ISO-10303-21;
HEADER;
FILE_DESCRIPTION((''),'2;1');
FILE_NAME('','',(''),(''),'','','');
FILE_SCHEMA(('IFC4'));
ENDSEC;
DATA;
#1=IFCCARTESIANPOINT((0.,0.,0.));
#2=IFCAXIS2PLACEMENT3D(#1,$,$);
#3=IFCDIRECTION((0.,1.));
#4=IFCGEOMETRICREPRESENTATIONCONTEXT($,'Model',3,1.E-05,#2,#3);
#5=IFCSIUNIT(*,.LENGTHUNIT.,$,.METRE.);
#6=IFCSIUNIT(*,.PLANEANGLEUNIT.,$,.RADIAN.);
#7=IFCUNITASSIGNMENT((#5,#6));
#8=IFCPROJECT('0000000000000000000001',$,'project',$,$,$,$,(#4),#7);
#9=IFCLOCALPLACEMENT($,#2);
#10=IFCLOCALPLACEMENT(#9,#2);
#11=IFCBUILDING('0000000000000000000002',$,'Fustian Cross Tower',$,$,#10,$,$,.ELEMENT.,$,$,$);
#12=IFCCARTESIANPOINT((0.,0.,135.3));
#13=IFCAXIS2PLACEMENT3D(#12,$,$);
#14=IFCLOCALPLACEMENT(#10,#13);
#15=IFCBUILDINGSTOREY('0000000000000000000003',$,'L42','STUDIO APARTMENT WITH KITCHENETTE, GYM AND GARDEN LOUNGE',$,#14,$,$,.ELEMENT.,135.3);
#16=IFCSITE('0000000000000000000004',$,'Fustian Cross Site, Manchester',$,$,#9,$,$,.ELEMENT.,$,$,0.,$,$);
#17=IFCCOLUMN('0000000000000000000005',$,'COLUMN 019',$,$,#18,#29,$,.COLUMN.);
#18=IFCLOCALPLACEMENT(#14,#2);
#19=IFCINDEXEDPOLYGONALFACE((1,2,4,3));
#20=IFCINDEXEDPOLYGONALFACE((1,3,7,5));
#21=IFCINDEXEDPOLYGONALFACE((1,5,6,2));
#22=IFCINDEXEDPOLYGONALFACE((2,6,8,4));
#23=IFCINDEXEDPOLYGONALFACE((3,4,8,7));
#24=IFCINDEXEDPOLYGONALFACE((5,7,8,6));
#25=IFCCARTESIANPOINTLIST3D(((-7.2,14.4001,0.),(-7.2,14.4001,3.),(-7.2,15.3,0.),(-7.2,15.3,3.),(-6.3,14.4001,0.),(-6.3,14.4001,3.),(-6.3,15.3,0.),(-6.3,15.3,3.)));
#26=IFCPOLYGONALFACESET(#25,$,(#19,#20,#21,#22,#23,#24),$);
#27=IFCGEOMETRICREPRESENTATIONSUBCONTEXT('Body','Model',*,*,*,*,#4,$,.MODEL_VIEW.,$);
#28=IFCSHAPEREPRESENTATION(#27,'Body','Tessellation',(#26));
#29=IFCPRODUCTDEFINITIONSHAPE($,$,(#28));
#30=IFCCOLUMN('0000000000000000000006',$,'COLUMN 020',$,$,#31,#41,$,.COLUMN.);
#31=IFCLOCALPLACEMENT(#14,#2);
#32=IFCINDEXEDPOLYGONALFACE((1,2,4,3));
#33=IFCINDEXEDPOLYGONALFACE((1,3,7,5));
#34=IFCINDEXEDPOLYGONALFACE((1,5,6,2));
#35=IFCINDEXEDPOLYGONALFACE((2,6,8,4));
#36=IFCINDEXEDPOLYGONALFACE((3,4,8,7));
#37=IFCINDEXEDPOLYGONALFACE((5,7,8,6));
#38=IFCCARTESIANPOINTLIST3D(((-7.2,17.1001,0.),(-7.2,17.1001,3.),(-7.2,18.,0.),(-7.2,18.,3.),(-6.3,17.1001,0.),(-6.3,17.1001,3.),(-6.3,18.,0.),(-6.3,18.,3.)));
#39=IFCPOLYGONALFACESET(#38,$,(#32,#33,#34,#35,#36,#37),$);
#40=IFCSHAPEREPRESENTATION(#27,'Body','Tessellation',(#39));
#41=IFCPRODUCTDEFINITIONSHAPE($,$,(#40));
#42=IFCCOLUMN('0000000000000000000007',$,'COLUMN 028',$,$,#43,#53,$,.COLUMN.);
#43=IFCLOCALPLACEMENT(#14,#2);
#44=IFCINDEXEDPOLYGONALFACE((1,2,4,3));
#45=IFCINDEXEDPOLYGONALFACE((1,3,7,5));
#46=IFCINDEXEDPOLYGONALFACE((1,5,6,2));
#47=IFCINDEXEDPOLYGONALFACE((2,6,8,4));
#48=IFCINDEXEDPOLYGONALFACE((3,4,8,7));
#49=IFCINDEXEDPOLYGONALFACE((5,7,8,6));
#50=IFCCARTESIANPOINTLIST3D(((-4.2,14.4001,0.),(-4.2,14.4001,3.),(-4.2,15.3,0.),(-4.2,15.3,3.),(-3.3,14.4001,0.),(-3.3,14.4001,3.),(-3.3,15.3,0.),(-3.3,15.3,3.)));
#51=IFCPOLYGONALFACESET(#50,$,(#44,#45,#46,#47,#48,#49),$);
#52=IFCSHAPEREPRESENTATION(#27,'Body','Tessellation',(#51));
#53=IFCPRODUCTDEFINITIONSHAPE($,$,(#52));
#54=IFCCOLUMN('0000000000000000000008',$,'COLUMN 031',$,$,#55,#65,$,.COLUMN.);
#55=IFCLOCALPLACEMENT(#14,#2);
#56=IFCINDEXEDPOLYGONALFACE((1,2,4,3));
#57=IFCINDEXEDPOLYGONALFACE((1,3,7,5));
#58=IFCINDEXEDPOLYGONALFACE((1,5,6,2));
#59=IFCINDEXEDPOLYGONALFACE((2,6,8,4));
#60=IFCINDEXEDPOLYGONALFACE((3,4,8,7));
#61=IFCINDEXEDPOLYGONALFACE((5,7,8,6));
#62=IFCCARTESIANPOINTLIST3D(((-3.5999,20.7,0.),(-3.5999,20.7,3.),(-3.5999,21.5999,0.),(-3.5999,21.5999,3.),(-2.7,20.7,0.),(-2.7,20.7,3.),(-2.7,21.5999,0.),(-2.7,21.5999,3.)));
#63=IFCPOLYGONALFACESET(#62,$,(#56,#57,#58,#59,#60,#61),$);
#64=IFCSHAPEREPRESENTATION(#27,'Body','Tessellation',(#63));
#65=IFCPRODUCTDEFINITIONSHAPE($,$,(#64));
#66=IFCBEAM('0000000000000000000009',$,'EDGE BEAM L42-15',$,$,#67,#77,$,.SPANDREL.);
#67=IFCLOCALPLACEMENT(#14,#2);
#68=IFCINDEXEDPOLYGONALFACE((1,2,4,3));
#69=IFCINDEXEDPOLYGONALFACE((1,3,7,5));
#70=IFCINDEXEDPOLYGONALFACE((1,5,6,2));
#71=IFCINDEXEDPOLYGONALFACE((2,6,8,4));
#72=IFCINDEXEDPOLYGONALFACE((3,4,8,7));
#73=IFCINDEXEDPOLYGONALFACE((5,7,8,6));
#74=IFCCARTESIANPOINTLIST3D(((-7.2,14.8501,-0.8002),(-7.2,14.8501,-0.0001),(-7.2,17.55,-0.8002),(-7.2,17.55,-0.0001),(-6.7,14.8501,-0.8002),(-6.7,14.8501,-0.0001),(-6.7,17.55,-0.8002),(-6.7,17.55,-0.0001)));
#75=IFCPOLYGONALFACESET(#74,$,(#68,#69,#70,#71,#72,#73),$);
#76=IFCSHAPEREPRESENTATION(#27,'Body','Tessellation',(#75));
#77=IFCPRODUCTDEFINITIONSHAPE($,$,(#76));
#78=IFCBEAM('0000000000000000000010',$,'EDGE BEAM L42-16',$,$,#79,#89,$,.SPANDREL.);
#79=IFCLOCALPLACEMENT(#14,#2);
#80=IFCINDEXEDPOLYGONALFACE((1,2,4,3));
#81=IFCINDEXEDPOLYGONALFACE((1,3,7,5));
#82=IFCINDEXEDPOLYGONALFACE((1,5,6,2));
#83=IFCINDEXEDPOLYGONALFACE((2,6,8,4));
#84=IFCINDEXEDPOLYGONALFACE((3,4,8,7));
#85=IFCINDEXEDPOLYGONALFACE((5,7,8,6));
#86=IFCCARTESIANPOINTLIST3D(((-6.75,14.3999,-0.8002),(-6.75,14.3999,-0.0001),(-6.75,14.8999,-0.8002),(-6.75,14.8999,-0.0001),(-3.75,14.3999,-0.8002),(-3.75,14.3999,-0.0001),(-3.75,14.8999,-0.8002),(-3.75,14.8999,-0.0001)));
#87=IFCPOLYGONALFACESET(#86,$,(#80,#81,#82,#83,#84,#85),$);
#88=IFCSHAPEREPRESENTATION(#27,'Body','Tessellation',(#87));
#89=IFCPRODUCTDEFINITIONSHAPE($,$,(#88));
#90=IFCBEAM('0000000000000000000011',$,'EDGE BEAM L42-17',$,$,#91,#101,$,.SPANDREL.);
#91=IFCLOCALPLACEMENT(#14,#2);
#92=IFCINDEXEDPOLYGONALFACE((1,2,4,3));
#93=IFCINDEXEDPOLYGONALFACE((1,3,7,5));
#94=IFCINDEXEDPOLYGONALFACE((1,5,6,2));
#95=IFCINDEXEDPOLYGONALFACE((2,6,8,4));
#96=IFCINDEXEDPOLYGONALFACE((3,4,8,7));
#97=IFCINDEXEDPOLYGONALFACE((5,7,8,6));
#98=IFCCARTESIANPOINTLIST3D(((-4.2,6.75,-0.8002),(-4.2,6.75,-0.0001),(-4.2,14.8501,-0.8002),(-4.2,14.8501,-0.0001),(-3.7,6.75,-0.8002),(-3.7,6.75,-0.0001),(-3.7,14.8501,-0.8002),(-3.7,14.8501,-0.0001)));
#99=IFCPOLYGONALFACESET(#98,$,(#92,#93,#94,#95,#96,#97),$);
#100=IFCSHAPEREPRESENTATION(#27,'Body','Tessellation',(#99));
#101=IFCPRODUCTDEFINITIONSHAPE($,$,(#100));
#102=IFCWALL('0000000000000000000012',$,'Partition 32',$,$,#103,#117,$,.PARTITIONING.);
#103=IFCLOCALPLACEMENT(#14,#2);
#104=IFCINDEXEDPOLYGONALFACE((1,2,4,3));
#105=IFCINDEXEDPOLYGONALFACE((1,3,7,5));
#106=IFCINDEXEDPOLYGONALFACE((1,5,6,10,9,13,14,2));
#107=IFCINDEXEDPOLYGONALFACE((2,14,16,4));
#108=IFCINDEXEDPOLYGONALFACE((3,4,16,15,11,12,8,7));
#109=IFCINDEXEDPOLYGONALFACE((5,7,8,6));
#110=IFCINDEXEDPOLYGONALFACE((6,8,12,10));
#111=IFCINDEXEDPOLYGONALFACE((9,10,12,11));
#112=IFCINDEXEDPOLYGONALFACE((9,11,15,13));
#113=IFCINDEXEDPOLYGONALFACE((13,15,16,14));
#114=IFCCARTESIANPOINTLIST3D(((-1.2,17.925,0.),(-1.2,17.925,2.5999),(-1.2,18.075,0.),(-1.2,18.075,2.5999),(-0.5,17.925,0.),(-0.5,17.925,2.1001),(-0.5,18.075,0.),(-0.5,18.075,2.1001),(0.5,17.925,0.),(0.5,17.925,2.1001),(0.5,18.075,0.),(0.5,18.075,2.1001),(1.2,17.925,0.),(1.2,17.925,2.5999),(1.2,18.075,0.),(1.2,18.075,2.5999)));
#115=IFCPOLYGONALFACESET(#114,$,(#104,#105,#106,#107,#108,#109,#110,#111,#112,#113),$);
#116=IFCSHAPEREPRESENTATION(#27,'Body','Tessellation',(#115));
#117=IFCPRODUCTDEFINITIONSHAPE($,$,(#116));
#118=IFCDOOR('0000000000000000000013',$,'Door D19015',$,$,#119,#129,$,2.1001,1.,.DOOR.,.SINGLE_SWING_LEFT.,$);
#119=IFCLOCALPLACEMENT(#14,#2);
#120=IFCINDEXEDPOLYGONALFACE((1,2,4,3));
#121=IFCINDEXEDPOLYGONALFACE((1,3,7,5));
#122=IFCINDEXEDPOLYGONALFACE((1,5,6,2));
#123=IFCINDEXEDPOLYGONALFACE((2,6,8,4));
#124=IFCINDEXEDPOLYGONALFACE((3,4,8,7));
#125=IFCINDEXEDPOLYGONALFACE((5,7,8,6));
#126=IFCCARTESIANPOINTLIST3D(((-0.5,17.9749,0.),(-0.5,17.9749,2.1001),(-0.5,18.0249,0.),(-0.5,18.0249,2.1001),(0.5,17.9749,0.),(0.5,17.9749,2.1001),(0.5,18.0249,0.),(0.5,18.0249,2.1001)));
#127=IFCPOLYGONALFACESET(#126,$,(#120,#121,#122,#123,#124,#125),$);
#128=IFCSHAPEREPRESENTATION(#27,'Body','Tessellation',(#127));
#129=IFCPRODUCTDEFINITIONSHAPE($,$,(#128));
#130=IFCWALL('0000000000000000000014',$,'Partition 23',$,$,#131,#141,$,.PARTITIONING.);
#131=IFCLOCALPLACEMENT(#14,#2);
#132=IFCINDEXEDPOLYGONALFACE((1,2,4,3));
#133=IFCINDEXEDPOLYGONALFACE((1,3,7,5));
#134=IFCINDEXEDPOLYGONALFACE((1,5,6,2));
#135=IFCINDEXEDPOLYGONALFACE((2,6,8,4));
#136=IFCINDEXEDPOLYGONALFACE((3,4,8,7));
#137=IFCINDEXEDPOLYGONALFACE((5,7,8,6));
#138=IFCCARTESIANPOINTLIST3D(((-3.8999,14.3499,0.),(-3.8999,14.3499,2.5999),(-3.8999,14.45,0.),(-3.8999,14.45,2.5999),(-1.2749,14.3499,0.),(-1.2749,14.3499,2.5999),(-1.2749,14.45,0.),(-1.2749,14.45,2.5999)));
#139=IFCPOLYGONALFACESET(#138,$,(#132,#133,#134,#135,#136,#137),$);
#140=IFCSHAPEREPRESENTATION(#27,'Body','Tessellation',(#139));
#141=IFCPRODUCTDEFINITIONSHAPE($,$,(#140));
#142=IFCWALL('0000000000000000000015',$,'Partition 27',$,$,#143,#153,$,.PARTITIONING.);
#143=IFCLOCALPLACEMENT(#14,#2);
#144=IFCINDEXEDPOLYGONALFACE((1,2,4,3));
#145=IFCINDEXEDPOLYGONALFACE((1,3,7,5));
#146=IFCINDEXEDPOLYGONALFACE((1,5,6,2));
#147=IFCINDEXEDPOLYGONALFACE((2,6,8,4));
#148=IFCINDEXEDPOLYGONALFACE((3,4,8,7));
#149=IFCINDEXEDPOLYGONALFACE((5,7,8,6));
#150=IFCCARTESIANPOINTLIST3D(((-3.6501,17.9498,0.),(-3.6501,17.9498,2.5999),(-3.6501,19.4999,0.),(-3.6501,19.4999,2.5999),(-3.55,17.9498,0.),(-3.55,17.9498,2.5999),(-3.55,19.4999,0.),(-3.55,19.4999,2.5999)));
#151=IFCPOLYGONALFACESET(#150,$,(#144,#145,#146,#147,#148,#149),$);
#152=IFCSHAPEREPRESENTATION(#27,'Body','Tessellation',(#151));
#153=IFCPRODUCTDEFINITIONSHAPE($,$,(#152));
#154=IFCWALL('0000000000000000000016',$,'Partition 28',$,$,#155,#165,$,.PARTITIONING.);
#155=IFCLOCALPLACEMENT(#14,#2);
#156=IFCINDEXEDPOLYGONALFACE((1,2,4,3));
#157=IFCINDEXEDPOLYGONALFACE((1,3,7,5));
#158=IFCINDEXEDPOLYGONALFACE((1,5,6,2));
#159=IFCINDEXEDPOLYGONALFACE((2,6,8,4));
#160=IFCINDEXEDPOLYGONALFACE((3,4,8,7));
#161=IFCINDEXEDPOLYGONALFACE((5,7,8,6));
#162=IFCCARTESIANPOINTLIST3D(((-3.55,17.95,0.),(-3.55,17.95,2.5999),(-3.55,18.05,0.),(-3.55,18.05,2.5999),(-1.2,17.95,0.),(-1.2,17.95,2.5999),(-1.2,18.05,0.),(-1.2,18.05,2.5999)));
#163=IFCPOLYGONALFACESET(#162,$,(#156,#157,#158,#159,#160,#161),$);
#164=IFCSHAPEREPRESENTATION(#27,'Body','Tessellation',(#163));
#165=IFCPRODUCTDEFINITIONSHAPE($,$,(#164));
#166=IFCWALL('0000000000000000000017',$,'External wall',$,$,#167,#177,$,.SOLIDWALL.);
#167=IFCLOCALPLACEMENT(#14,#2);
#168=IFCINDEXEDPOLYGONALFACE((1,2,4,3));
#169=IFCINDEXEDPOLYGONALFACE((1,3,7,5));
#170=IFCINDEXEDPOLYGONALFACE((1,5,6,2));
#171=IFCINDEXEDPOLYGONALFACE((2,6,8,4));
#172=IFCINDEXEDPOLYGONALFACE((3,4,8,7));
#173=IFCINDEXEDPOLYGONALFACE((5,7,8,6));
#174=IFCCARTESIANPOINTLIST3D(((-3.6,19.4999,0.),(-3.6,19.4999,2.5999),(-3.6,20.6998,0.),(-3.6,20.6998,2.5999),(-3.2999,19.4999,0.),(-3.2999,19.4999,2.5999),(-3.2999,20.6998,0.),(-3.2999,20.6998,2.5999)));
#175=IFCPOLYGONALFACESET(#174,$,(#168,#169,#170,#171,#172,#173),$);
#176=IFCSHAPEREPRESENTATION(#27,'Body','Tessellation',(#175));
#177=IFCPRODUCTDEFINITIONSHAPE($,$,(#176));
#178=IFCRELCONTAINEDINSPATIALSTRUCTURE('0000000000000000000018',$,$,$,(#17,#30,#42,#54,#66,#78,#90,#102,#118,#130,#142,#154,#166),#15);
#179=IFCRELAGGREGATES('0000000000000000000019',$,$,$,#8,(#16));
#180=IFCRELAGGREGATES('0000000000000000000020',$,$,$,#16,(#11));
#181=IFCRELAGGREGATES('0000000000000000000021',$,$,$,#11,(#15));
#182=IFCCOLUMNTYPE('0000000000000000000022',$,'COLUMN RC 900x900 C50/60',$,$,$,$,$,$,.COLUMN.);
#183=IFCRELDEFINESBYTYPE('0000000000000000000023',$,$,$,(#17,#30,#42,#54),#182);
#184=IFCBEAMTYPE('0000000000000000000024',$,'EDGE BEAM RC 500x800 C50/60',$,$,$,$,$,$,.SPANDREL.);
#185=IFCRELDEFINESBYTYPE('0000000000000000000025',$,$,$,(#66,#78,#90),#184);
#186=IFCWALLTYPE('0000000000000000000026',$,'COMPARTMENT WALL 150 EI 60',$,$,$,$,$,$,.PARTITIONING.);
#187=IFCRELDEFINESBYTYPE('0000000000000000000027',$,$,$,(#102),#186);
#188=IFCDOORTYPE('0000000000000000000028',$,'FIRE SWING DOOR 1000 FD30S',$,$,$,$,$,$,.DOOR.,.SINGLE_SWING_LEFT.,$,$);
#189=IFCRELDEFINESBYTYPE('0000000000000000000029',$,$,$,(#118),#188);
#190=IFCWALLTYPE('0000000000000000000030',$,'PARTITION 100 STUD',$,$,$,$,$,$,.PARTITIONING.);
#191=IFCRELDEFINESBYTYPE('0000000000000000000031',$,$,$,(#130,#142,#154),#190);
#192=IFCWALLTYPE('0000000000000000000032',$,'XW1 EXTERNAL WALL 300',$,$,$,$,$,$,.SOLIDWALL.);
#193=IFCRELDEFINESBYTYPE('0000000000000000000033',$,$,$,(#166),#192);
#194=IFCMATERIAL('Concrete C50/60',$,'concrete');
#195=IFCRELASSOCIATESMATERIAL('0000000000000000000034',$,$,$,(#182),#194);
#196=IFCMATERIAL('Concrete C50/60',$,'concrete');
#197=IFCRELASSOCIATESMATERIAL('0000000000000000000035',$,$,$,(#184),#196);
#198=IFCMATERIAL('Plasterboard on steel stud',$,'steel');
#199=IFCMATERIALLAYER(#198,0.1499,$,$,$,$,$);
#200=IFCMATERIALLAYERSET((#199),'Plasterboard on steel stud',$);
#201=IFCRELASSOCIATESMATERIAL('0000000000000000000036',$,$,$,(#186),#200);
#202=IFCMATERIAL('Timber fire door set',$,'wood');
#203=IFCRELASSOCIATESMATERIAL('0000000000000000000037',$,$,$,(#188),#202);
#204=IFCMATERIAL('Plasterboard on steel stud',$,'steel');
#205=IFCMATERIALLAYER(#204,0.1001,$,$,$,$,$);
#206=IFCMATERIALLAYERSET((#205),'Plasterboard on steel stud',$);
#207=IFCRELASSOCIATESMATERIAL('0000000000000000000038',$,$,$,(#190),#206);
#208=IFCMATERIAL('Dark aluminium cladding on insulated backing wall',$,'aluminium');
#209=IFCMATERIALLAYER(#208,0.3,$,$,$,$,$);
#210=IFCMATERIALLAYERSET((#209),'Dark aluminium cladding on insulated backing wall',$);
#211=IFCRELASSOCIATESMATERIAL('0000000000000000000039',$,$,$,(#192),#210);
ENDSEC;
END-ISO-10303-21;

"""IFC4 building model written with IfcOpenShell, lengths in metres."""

from ifc_helpers import new_model, si_unit, direction, frame, frame_2d, origin, origin_2d, place, context, subcontext, project, spatial, rectangle, extrude, material, layer, layer_set, material_profile, profile_set, type_object, element, fill, save


model = new_model("IFC4")

# Units and contexts
model_context = context("Model", 3, precision=1e-05, world=origin(), true_north=direction((0.0, 1.0)))
body_context = subcontext(model_context, "Body", "Model", "MODEL_VIEW")
ifc_project = project(units=[si_unit("LENGTHUNIT", "METRE"), si_unit("PLANEANGLEUNIT", "RADIAN")], contexts=[model_context])

# Site, building, storey
site_placement = place(None, origin())
site = spatial("IfcSite", under=ifc_project, at=site_placement, Name="Fustian Cross Site, Manchester", CompositionType="ELEMENT", RefElevation=0.0)
building_placement = place(site_placement, origin())
building = spatial("IfcBuilding", under=site, at=building_placement, Name="Fustian Cross Tower", CompositionType="ELEMENT")
storey_placement = place(building_placement, frame((0.0, 0.0, 135.3)))
storey = spatial("IfcBuildingStorey", under=building, at=storey_placement, Name="L42", Description="STUDIO APARTMENT WITH KITCHENETTE, GYM AND GARDEN LOUNGE", CompositionType="ELEMENT", Elevation=135.3)

# Columns
ifc_material_1 = material(Name="Concrete C50/60", Category="concrete")
ifc_material_profile_1 = material_profile(ifc_material_1, rectangle(XDim=0.8999, YDim=0.8999, at=origin_2d()), Name="RC 900x900")
ifc_profile_set_1 = profile_set([ifc_material_profile_1], Name="Concrete C50/60")
column_type = type_object("IfcColumnType", Name="COLUMN RC 900x900 C50/60", PredefinedType="COLUMN", material=ifc_profile_set_1)
for number, where, z_axis, x_axis, name in (
    (1, (-6.75, 14.8501, 0.0), (0.0, 0.0, 1.0), (1.0, 0.0, 0.0), "COLUMN 019"),
    (2, (-6.75, 17.55, 0.0), (0.0, 0.0, 1.0), (1.0, 0.0, 0.0), "COLUMN 020"),
    (3, (-3.75, 14.8501, 0.0), (0.0, 0.0, 1.0), (1.0, 0.0, 0.0), "COLUMN 028"),
    (4, (-3.1499, 21.1499, 0.0), (0.0, 0.0, 1.0), (1.0, 0.0, 0.0), "COLUMN 031"),
):
    element("IfcColumn", number, at=place(storey_placement, frame(where, z_axis=z_axis, x_axis=x_axis)), inside=storey, type_object=column_type, Name=name, PredefinedType="COLUMN", context=body_context, shape_type="SweptSolid", body=[
        extrude(rectangle(XDim=0.8999, YDim=0.8999, at=origin_2d()), origin(), (0.0, 0.0, 1.0), 3.0),
    ])

# Beams
ifc_material_2 = material(Name="Concrete C50/60", Category="concrete")
ifc_material_profile_2 = material_profile(ifc_material_2, rectangle(XDim=0.5, YDim=0.8, at=origin_2d()), Name="RC 500x800")
ifc_profile_set_2 = profile_set([ifc_material_profile_2], Name="Concrete C50/60")
beam_type = type_object("IfcBeamType", Name="EDGE BEAM RC 500x800 C50/60", PredefinedType="SPANDREL", material=ifc_profile_set_2)
beam_1_placement = place(storey_placement, frame((-6.95, 17.55, -0.4001), z_axis=(0.0, -1.0, 0.0), x_axis=(1.0, 0.0, 0.0)))
element("IfcBeam", 5, at=beam_1_placement, inside=storey, type_object=beam_type, Name="EDGE BEAM L42-15", PredefinedType="SPANDREL", context=body_context, shape_type="SweptSolid", body=[
    extrude(rectangle(XDim=0.5, YDim=0.8, at=origin_2d()), origin(), (0.0, 0.0, 1.0), 2.7),
])
beam_2_placement = place(storey_placement, frame((-6.75, 14.6499, -0.4001), z_axis=(1.0, 0.0, 0.0), x_axis=(0.0, 1.0, 0.0)))
element("IfcBeam", 6, at=beam_2_placement, inside=storey, type_object=beam_type, Name="EDGE BEAM L42-16", PredefinedType="SPANDREL", context=body_context, shape_type="SweptSolid", body=[
    extrude(rectangle(XDim=0.5, YDim=0.8, at=origin_2d()), origin(), (0.0, 0.0, 1.0), 3.0),
])
beam_3_placement = place(storey_placement, frame((-3.95, 14.8501, -0.4001), z_axis=(0.0, -1.0, 0.0), x_axis=(1.0, 0.0, 0.0)))
element("IfcBeam", 7, at=beam_3_placement, inside=storey, type_object=beam_type, Name="EDGE BEAM L42-17", PredefinedType="SPANDREL", context=body_context, shape_type="SweptSolid", body=[
    extrude(rectangle(XDim=0.5, YDim=0.8, at=origin_2d()), origin(), (0.0, 0.0, 1.0), 8.1001),
])

# Wall, opening, door
ifc_material_3 = material(Name="Plasterboard on steel stud", Category="steel")
ifc_layer_1 = layer(ifc_material_3, 0.1499)
ifc_layer_set_1 = layer_set([ifc_layer_1], Name="Plasterboard on steel stud")
wall_type_1 = type_object("IfcWallType", Name="COMPARTMENT WALL 150 EI 60", PredefinedType="PARTITIONING", material=ifc_layer_set_1)
wall_1_placement = place(storey_placement, frame((-1.2, 18.0, 0.0), z_axis=(0.0, 0.0, 1.0), x_axis=(1.0, 0.0, 0.0)))
wall_1 = element("IfcWall", 8, at=wall_1_placement, inside=storey, type_object=wall_type_1, Name="Partition 32", PredefinedType="PARTITIONING", context=body_context, shape_type="SweptSolid", body=[
    extrude(rectangle(XDim=2.3999, YDim=0.1499, at=frame_2d((1.2, 0.0))), origin(), (0.0, 0.0, 1.0), 2.5999),
])
opening_1_placement = place(wall_1_placement, frame((0.7, 0.0, 0.0)))
opening_1 = element("IfcOpeningElement", 9, at=opening_1_placement, cuts=wall_1, PredefinedType="OPENING", context=body_context, shape_type="SweptSolid", body=[
    extrude(rectangle(XDim=1.0, YDim=2.1001, at=frame_2d((0.5, 1.05))), frame((0.0, 0.085, 0.0), z_axis=(0.0, -1.0, 0.0), x_axis=(1.0, 0.0, 0.0)), (0.0, 0.0, 1.0), 0.1699),
])
ifc_material_4 = material(Name="Timber fire door set", Category="wood")
door_type_1 = type_object("IfcDoorType", Name="FIRE SWING DOOR 1000 FD30S", OperationType="SINGLE_SWING_LEFT", PredefinedType="DOOR", material=ifc_material_4)
door_1_placement = place(opening_1_placement, origin())
door_1 = element("IfcDoor", 10, at=door_1_placement, inside=storey, type_object=door_type_1, Name="Door D19015", OperationType="SINGLE_SWING_LEFT", OverallHeight=2.1001, OverallWidth=1.0, PredefinedType="DOOR", context=body_context, shape_type="SweptSolid", body=[
    extrude(rectangle(XDim=1.0, YDim=2.1001, at=frame_2d((0.5, 1.05))), frame((0.0, 0.0249, 0.0), z_axis=(0.0, -1.0, 0.0), x_axis=(1.0, 0.0, 0.0)), (0.0, 0.0, 1.0), 0.05),
])
fill(opening_1, door_1)

# Walls
ifc_material_5 = material(Name="Plasterboard on steel stud", Category="steel")
ifc_layer_2 = layer(ifc_material_5, 0.1001)
ifc_layer_set_2 = layer_set([ifc_layer_2], Name="Plasterboard on steel stud")
wall_type_2 = type_object("IfcWallType", Name="PARTITION 100 STUD", PredefinedType="PARTITIONING", material=ifc_layer_set_2)
wall_2_placement = place(storey_placement, frame((-3.8999, 14.3999, 0.0), z_axis=(0.0, 0.0, 1.0), x_axis=(1.0, 0.0, 0.0)))
element("IfcWall", 11, at=wall_2_placement, inside=storey, type_object=wall_type_2, Name="Partition 23", PredefinedType="PARTITIONING", context=body_context, shape_type="SweptSolid", body=[
    extrude(rectangle(XDim=2.625, YDim=0.1001, at=frame_2d((1.3125, 0.0))), origin(), (0.0, 0.0, 1.0), 2.5999),
])
wall_3_placement = place(storey_placement, frame((-3.6001, 17.95, 0.0), z_axis=(0.0, 0.0, 1.0), x_axis=(0.0, 1.0, 0.0)))
element("IfcWall", 12, at=wall_3_placement, inside=storey, type_object=wall_type_2, Name="Partition 27", PredefinedType="PARTITIONING", context=body_context, shape_type="SweptSolid", body=[
    extrude(rectangle(XDim=1.55, YDim=0.1001, at=frame_2d((0.7749, 0.0))), origin(), (0.0, 0.0, 1.0), 2.5999),
])
wall_4_placement = place(storey_placement, frame((-3.55, 18.0, 0.0), z_axis=(0.0, 0.0, 1.0), x_axis=(1.0, 0.0, 0.0)))
element("IfcWall", 13, at=wall_4_placement, inside=storey, type_object=wall_type_2, Name="Partition 28", PredefinedType="PARTITIONING", context=body_context, shape_type="SweptSolid", body=[
    extrude(rectangle(XDim=2.3501, YDim=0.1001, at=frame_2d((1.175, 0.0))), origin(), (0.0, 0.0, 1.0), 2.5999),
])
ifc_material_6 = material(Name="Dark aluminium cladding on insulated backing wall", Category="aluminium")
ifc_layer_3 = layer(ifc_material_6, 0.3)
ifc_layer_set_3 = layer_set([ifc_layer_3], Name="Dark aluminium cladding on insulated backing wall")
wall_type_3 = type_object("IfcWallType", Name="XW1 EXTERNAL WALL 300", PredefinedType="SOLIDWALL", material=ifc_layer_set_3)
wall_5_placement = place(storey_placement, frame((-3.45, 20.7, 0.0), z_axis=(0.0, 0.0, 1.0), x_axis=(0.0, -1.0, 0.0)))
element("IfcWall", 14, at=wall_5_placement, inside=storey, type_object=wall_type_3, Name="External wall", PredefinedType="SOLIDWALL", context=body_context, shape_type="SweptSolid", body=[
    extrude(rectangle(XDim=1.2, YDim=0.3, at=frame_2d((0.6001, 0.0))), origin(), (0.0, 0.0, 1.0), 2.5999),
])

save(model, "model.ifc")
